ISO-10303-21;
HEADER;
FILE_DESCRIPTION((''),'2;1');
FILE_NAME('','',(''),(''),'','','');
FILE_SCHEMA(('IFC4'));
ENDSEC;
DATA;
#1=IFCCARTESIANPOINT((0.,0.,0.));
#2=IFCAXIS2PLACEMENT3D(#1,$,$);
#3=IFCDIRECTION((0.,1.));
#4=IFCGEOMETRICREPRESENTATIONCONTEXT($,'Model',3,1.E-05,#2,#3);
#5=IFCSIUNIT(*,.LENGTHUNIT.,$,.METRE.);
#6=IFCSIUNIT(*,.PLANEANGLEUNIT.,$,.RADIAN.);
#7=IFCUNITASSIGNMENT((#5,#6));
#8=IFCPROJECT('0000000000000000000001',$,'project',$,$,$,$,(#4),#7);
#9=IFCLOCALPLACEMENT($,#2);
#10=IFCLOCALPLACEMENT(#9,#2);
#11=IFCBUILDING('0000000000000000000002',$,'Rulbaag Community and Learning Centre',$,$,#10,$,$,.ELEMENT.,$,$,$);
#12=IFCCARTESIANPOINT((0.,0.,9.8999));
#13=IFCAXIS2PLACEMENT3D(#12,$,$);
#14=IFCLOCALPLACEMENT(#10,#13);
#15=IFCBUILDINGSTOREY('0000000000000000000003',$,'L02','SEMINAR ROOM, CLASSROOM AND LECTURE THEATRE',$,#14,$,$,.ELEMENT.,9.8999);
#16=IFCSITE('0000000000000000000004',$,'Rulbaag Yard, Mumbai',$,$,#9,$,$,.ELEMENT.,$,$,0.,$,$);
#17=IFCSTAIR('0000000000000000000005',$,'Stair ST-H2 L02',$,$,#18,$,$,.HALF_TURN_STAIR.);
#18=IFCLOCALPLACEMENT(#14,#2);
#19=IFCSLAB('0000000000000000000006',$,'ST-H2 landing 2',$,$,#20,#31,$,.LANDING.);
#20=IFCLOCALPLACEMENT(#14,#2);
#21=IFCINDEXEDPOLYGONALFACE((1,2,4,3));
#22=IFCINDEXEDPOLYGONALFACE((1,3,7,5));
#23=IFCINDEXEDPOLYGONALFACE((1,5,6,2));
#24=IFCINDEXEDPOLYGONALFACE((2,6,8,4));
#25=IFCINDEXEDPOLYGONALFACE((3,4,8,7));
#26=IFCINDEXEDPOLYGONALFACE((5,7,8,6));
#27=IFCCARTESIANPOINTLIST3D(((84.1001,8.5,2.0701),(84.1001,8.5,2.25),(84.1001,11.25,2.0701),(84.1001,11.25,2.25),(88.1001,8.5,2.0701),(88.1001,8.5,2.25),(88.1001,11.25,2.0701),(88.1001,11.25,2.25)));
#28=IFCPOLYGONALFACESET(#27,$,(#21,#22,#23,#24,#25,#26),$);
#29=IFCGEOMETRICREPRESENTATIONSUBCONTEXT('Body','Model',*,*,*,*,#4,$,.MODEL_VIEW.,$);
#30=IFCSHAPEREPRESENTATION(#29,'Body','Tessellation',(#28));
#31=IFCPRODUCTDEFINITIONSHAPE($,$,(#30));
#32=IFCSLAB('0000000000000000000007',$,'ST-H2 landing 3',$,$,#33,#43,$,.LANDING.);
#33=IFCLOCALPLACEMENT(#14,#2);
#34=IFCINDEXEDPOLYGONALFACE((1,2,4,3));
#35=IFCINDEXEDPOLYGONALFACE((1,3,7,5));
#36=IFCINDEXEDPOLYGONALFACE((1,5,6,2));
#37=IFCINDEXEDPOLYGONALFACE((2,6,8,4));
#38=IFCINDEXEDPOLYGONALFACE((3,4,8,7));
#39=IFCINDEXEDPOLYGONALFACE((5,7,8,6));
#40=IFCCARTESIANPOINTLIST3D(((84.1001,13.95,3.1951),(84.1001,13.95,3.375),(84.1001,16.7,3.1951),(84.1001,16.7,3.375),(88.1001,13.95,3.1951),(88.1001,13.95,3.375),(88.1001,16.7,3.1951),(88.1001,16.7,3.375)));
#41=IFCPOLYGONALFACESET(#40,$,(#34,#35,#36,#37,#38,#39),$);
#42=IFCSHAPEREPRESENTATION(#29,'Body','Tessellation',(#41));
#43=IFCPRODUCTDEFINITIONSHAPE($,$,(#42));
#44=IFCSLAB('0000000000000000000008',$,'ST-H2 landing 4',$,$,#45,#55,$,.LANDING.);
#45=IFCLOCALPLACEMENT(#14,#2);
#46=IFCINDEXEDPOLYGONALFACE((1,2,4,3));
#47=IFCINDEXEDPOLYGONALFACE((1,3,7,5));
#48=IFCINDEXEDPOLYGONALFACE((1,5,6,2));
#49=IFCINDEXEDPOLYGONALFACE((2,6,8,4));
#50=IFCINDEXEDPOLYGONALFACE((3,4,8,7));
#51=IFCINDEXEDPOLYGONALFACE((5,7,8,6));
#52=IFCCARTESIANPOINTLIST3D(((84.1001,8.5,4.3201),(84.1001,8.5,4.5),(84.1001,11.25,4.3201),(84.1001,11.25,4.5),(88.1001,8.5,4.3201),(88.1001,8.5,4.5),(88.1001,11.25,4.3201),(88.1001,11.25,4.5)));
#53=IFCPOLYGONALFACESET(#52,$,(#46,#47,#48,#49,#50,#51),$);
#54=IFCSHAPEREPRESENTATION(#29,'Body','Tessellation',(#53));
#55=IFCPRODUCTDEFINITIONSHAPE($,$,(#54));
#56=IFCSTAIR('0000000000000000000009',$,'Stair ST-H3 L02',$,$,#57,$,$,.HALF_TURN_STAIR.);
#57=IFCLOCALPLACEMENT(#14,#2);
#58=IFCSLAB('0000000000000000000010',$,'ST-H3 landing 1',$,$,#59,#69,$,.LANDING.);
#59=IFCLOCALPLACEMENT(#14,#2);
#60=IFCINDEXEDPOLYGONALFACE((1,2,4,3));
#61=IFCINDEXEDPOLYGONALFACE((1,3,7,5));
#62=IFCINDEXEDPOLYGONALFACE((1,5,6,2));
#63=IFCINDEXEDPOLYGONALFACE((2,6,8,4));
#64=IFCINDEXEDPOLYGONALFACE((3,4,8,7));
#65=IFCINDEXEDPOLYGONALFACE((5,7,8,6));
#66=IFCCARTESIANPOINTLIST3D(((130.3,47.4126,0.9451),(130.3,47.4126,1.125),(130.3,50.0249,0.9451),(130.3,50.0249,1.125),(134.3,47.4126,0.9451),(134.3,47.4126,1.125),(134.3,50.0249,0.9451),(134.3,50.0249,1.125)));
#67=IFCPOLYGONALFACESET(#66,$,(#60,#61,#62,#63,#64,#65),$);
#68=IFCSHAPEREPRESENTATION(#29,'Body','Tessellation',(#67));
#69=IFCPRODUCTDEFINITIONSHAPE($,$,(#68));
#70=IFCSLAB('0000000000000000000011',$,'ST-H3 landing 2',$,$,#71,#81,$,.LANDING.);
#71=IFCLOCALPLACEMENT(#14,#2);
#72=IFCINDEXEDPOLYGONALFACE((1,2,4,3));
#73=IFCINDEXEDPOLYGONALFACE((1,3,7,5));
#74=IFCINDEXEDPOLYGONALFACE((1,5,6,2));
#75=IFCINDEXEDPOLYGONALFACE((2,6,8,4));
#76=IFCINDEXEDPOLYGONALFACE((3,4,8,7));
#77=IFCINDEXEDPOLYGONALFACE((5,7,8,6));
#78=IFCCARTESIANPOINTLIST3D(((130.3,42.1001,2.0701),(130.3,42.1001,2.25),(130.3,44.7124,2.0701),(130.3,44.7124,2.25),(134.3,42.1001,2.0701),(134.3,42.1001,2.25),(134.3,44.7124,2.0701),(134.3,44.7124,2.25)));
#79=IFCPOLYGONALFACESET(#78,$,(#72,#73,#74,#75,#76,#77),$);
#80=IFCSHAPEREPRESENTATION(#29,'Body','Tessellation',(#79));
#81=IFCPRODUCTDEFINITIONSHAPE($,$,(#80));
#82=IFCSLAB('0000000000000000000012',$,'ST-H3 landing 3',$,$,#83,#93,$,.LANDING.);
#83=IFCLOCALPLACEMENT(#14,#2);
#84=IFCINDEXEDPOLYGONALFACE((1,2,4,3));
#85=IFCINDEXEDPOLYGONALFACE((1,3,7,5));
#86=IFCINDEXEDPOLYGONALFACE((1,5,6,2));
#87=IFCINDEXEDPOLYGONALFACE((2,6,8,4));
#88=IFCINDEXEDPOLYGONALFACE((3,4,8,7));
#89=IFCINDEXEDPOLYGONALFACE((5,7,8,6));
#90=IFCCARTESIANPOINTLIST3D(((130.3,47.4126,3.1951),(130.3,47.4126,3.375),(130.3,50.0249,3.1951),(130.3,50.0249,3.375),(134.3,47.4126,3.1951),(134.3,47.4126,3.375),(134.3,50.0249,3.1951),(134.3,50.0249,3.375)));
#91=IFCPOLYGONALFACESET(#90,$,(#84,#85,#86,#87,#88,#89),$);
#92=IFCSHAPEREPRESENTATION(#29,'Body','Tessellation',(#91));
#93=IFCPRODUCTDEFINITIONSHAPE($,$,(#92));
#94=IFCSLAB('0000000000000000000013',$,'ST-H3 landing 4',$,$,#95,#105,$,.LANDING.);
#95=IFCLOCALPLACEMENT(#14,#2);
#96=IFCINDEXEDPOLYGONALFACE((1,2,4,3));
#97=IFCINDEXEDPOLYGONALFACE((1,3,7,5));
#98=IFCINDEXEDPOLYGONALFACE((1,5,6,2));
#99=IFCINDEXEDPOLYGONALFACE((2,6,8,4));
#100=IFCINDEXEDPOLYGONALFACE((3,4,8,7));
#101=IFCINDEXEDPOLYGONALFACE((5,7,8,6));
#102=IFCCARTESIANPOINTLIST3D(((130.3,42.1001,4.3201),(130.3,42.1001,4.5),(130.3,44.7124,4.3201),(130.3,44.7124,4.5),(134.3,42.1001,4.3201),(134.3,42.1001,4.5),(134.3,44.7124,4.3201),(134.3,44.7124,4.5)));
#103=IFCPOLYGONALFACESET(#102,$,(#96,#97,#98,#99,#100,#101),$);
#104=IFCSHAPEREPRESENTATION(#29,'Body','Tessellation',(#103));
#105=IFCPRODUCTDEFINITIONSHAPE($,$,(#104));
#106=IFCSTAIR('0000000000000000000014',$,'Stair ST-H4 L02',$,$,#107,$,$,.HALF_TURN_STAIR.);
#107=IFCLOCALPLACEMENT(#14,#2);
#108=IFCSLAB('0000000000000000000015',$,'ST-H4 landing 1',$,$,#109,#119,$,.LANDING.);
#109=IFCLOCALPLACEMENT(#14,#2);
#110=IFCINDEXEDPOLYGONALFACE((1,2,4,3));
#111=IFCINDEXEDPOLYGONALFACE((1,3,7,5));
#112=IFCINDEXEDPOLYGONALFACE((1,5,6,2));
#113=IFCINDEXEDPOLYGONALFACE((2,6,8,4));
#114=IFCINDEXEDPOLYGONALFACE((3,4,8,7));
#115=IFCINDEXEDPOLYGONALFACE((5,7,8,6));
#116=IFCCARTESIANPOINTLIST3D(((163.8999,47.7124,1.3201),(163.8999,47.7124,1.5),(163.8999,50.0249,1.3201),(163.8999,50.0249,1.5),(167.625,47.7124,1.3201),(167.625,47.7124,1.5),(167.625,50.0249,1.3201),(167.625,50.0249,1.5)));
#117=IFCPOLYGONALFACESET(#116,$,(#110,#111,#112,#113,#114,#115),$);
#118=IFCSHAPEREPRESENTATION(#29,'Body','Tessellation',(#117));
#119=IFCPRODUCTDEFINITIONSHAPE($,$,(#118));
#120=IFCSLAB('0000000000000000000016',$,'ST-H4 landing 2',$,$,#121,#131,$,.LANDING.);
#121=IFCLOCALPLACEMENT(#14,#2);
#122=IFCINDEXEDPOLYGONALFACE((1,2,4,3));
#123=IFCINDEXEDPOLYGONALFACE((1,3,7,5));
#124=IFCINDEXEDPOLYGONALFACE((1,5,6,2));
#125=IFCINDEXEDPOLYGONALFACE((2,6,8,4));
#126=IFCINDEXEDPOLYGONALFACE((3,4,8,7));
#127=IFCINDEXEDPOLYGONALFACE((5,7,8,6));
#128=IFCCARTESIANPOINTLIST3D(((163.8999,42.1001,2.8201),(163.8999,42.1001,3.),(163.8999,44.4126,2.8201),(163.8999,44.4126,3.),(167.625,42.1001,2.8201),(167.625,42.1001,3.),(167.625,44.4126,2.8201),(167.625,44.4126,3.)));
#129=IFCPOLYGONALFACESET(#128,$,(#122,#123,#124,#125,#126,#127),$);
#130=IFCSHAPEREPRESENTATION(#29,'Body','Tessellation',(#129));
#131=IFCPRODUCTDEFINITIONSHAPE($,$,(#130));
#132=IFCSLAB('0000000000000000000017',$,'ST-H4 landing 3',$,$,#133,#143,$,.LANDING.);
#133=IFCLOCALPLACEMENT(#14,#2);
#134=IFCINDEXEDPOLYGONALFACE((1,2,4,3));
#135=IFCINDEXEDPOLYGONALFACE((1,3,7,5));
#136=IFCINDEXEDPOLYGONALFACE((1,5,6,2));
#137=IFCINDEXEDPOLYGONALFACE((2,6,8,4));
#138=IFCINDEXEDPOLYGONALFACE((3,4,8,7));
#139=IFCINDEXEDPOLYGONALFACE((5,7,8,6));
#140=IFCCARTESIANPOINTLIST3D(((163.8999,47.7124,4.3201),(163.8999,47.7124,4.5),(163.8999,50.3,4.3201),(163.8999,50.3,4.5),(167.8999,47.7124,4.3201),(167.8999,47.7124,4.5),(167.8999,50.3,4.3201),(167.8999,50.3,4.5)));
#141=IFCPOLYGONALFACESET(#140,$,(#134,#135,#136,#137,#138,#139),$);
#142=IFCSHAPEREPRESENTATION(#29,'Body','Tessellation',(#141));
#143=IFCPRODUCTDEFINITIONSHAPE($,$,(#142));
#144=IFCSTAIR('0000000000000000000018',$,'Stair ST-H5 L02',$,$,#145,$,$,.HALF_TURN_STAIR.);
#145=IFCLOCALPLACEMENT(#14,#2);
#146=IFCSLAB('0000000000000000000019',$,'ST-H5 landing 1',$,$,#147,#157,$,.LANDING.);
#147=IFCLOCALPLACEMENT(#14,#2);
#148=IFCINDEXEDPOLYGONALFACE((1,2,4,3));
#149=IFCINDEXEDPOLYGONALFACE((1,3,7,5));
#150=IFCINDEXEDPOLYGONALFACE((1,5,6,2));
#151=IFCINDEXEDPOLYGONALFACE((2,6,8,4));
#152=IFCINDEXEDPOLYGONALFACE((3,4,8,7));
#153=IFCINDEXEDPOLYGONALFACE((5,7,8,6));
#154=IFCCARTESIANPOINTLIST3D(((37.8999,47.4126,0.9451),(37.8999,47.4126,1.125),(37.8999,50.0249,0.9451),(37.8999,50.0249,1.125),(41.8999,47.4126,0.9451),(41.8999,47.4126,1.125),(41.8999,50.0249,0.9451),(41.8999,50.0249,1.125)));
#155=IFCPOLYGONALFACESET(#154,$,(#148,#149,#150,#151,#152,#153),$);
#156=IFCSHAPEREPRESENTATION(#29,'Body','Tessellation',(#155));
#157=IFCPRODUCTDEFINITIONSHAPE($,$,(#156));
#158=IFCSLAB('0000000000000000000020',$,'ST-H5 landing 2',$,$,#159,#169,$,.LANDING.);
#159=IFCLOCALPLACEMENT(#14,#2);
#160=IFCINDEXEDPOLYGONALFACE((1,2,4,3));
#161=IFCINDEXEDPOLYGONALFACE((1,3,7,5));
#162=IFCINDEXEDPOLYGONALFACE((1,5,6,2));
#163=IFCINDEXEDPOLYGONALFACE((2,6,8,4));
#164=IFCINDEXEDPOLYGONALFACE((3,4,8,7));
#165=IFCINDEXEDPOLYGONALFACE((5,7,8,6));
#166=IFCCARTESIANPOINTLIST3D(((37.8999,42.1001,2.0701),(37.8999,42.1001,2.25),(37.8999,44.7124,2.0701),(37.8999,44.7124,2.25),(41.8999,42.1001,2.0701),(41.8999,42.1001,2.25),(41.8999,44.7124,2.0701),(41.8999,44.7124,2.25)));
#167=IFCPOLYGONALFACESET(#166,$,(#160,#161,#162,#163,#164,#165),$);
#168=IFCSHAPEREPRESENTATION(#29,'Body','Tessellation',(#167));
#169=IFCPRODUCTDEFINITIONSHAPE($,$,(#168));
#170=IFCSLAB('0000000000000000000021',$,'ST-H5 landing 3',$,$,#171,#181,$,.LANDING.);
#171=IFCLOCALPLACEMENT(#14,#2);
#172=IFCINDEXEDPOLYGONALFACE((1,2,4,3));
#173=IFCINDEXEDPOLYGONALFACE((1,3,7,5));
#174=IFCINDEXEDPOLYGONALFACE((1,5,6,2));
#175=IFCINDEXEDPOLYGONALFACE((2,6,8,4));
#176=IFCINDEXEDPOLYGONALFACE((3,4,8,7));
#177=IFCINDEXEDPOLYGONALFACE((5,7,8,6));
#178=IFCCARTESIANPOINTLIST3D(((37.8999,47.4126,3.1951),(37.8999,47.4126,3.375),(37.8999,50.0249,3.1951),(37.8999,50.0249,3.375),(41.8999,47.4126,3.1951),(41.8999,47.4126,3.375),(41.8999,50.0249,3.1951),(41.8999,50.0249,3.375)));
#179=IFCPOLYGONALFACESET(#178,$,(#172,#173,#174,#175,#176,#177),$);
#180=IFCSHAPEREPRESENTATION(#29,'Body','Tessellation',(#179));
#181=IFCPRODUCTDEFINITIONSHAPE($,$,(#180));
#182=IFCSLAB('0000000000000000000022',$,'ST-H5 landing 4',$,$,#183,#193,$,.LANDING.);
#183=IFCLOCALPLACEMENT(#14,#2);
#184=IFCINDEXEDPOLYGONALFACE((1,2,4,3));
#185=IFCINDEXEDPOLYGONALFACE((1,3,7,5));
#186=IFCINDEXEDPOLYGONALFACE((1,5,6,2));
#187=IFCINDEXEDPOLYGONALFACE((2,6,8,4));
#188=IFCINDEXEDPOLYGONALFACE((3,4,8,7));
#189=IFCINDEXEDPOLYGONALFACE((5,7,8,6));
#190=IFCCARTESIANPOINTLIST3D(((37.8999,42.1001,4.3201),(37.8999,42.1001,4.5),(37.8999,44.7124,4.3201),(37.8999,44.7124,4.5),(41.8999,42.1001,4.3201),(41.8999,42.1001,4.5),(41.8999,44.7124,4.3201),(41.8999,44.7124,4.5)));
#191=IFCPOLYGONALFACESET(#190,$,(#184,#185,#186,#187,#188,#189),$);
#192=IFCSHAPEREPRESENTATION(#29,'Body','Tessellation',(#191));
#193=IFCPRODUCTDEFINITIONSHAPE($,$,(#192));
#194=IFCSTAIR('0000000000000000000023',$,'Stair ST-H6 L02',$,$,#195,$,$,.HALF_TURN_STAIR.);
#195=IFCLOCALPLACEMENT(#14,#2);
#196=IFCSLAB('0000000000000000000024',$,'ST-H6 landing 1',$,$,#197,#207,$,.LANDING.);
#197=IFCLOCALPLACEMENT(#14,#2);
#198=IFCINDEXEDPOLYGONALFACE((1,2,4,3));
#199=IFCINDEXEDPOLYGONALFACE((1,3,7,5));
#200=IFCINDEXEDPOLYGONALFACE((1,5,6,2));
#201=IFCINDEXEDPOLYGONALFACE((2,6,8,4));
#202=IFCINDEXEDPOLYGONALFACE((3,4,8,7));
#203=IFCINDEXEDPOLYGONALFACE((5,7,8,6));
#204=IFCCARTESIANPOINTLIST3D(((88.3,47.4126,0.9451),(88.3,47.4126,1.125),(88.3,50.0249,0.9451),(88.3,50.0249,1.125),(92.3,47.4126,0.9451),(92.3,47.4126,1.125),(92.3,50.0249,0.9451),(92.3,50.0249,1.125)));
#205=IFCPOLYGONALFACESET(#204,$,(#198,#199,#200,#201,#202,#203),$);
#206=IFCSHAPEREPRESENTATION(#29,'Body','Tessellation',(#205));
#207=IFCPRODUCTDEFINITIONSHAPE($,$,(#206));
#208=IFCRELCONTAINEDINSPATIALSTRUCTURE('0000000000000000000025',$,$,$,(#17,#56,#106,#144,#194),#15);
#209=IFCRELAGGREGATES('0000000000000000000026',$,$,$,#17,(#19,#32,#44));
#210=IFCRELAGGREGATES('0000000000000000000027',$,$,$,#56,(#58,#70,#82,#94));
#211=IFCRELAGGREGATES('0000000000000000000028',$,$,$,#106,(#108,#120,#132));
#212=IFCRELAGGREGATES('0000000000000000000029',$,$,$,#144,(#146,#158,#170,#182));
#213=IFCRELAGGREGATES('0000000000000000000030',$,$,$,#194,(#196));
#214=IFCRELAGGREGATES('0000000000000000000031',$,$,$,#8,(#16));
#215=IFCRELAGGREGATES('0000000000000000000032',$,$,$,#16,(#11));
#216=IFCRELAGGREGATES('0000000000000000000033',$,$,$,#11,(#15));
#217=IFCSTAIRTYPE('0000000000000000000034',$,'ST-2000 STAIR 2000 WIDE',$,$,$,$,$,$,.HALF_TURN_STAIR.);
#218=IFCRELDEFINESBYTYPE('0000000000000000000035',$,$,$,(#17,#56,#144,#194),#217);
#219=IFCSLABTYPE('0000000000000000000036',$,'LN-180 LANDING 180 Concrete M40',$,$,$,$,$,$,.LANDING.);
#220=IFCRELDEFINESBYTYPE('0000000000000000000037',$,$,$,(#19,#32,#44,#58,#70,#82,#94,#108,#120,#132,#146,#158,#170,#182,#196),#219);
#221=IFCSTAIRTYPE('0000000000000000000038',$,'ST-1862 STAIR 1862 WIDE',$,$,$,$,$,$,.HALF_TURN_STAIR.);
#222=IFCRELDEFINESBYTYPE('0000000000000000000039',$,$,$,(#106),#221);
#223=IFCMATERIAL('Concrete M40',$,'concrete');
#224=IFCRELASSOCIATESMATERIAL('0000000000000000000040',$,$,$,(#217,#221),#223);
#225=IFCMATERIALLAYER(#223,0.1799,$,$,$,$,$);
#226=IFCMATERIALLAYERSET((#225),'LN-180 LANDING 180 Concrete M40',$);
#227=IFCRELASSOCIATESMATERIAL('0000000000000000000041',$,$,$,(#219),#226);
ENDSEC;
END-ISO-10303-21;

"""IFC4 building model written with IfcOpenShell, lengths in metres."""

from ifc_helpers import new_model, si_unit, direction, frame, origin, place, context, subcontext, project, spatial, polyline, outline, extrude, material, layer, layer_set, type_object, element, aggregate, save


model = new_model("IFC4")

# Units and contexts
model_context = context("Model", 3, precision=1e-05, world=origin(), true_north=direction((0.0, 1.0)))
body_context = subcontext(model_context, "Body", "Model", "MODEL_VIEW")
ifc_project = project(units=[si_unit("LENGTHUNIT", "METRE"), si_unit("PLANEANGLEUNIT", "RADIAN")], contexts=[model_context])

# Site, building, storey
site_placement = place(None, origin())
site = spatial("IfcSite", under=ifc_project, at=site_placement, Name="Rulbaag Yard, Mumbai", CompositionType="ELEMENT", RefElevation=0.0)
building_placement = place(site_placement, origin())
building = spatial("IfcBuilding", under=site, at=building_placement, Name="Rulbaag Community and Learning Centre", CompositionType="ELEMENT")
storey_placement = place(building_placement, frame((0.0, 0.0, 9.8999)))
storey = spatial("IfcBuildingStorey", under=building, at=storey_placement, Name="L02", Description="SEMINAR ROOM, CLASSROOM AND LECTURE THEATRE", CompositionType="ELEMENT", Elevation=9.8999)

# Stairs, slabs
ifc_material = material(Name="Concrete M40", Category="concrete")
stair_type_1 = type_object("IfcStairType", Name="ST-2000 STAIR 2000 WIDE", PredefinedType="HALF_TURN_STAIR", material=ifc_material)
stair_1_placement = place(storey_placement, origin())
stair_1 = element("IfcStair", 1, at=stair_1_placement, inside=storey, type_object=stair_type_1, Name="Stair ST-H2 L02", PredefinedType="HALF_TURN_STAIR")
ifc_layer_1 = layer(ifc_material, 0.1799)
ifc_layer_set_1 = layer_set([ifc_layer_1], Name="LN-180 LANDING 180 Concrete M40")
slab_type = type_object("IfcSlabType", Name="LN-180 LANDING 180 Concrete M40", PredefinedType="LANDING", material=ifc_layer_set_1)
slab_1_placement = place(storey_placement, frame((0.0, 0.0, 2.0701)))
slab_1 = element("IfcSlab", 2, at=slab_1_placement, type_object=slab_type, Name="ST-H2 landing 2", PredefinedType="LANDING", context=body_context, shape_type="SweptSolid", body=[
    extrude(outline(polyline([(84.1001, 8.5), (84.1001, 11.25), (88.1001, 11.25), (88.1001, 8.5), (84.1001, 8.5)])), origin(), (0.0, 0.0, 1.0), 0.1799),
])
slab_2_placement = place(storey_placement, frame((0.0, 0.0, 3.1951)))
slab_2 = element("IfcSlab", 3, at=slab_2_placement, type_object=slab_type, Name="ST-H2 landing 3", PredefinedType="LANDING", context=body_context, shape_type="SweptSolid", body=[
    extrude(outline(polyline([(84.1001, 13.95), (84.1001, 16.7), (88.1001, 16.7), (88.1001, 13.95), (84.1001, 13.95)])), origin(), (0.0, 0.0, 1.0), 0.1799),
])
slab_3_placement = place(storey_placement, frame((0.0, 0.0, 4.3201)))
slab_3 = element("IfcSlab", 4, at=slab_3_placement, type_object=slab_type, Name="ST-H2 landing 4", PredefinedType="LANDING", context=body_context, shape_type="SweptSolid", body=[
    extrude(outline(polyline([(84.1001, 8.5), (84.1001, 11.25), (88.1001, 11.25), (88.1001, 8.5), (84.1001, 8.5)])), origin(), (0.0, 0.0, 1.0), 0.1799),
])
aggregate(stair_1, [slab_1, slab_2, slab_3])
stair_2_placement = place(storey_placement, origin())
stair_2 = element("IfcStair", 5, at=stair_2_placement, inside=storey, type_object=stair_type_1, Name="Stair ST-H3 L02", PredefinedType="HALF_TURN_STAIR")
slab_4_placement = place(storey_placement, frame((0.0, 0.0, 0.9451)))
slab_4 = element("IfcSlab", 6, at=slab_4_placement, type_object=slab_type, Name="ST-H3 landing 1", PredefinedType="LANDING", context=body_context, shape_type="SweptSolid", body=[
    extrude(outline(polyline([(130.3, 47.4126), (130.3, 50.0249), (134.3, 50.0249), (134.3, 47.4126), (130.3, 47.4126)])), origin(), (0.0, 0.0, 1.0), 0.1799),
])
slab_5_placement = place(storey_placement, frame((0.0, 0.0, 2.0701)))
slab_5 = element("IfcSlab", 7, at=slab_5_placement, type_object=slab_type, Name="ST-H3 landing 2", PredefinedType="LANDING", context=body_context, shape_type="SweptSolid", body=[
    extrude(outline(polyline([(130.3, 42.1001), (130.3, 44.7124), (134.3, 44.7124), (134.3, 42.1001), (130.3, 42.1001)])), origin(), (0.0, 0.0, 1.0), 0.1799),
])
slab_6_placement = place(storey_placement, frame((0.0, 0.0, 3.1951)))
slab_6 = element("IfcSlab", 8, at=slab_6_placement, type_object=slab_type, Name="ST-H3 landing 3", PredefinedType="LANDING", context=body_context, shape_type="SweptSolid", body=[
    extrude(outline(polyline([(130.3, 47.4126), (130.3, 50.0249), (134.3, 50.0249), (134.3, 47.4126), (130.3, 47.4126)])), origin(), (0.0, 0.0, 1.0), 0.1799),
])
slab_7_placement = place(storey_placement, frame((0.0, 0.0, 4.3201)))
slab_7 = element("IfcSlab", 9, at=slab_7_placement, type_object=slab_type, Name="ST-H3 landing 4", PredefinedType="LANDING", context=body_context, shape_type="SweptSolid", body=[
    extrude(outline(polyline([(130.3, 42.1001), (130.3, 44.7124), (134.3, 44.7124), (134.3, 42.1001), (130.3, 42.1001)])), origin(), (0.0, 0.0, 1.0), 0.1799),
])
aggregate(stair_2, [slab_4, slab_5, slab_6, slab_7])
stair_type_2 = type_object("IfcStairType", Name="ST-1862 STAIR 1862 WIDE", PredefinedType="HALF_TURN_STAIR", material=ifc_material)
stair_3_placement = place(storey_placement, origin())
stair_3 = element("IfcStair", 10, at=stair_3_placement, inside=storey, type_object=stair_type_2, Name="Stair ST-H4 L02", PredefinedType="HALF_TURN_STAIR")
slab_8_placement = place(storey_placement, frame((0.0, 0.0, 1.3201)))
slab_8 = element("IfcSlab", 11, at=slab_8_placement, type_object=slab_type, Name="ST-H4 landing 1", PredefinedType="LANDING", context=body_context, shape_type="SweptSolid", body=[
    extrude(outline(polyline([(163.8999, 47.7124), (163.8999, 50.0249), (167.625, 50.0249), (167.625, 47.7124), (163.8999, 47.7124)])), origin(), (0.0, 0.0, 1.0), 0.1799),
])
slab_9_placement = place(storey_placement, frame((0.0, 0.0, 2.8201)))
slab_9 = element("IfcSlab", 12, at=slab_9_placement, type_object=slab_type, Name="ST-H4 landing 2", PredefinedType="LANDING", context=body_context, shape_type="SweptSolid", body=[
    extrude(outline(polyline([(163.8999, 42.1001), (163.8999, 44.4126), (167.625, 44.4126), (167.625, 42.1001), (163.8999, 42.1001)])), origin(), (0.0, 0.0, 1.0), 0.1799),
])
slab_10_placement = place(storey_placement, frame((0.0, 0.0, 4.3201)))
slab_10 = element("IfcSlab", 13, at=slab_10_placement, type_object=slab_type, Name="ST-H4 landing 3", PredefinedType="LANDING", context=body_context, shape_type="SweptSolid", body=[
    extrude(outline(polyline([(163.8999, 47.7124), (163.8999, 50.3), (167.8999, 50.3), (167.8999, 47.7124), (163.8999, 47.7124)])), origin(), (0.0, 0.0, 1.0), 0.1799),
])
aggregate(stair_3, [slab_8, slab_9, slab_10])
stair_4_placement = place(storey_placement, origin())
stair_4 = element("IfcStair", 14, at=stair_4_placement, inside=storey, type_object=stair_type_1, Name="Stair ST-H5 L02", PredefinedType="HALF_TURN_STAIR")
slab_11_placement = place(storey_placement, frame((0.0, 0.0, 0.9451)))
slab_11 = element("IfcSlab", 15, at=slab_11_placement, type_object=slab_type, Name="ST-H5 landing 1", PredefinedType="LANDING", context=body_context, shape_type="SweptSolid", body=[
    extrude(outline(polyline([(37.8999, 47.4126), (37.8999, 50.0249), (41.8999, 50.0249), (41.8999, 47.4126), (37.8999, 47.4126)])), origin(), (0.0, 0.0, 1.0), 0.1799),
])
slab_12_placement = place(storey_placement, frame((0.0, 0.0, 2.0701)))
slab_12 = element("IfcSlab", 16, at=slab_12_placement, type_object=slab_type, Name="ST-H5 landing 2", PredefinedType="LANDING", context=body_context, shape_type="SweptSolid", body=[
    extrude(outline(polyline([(37.8999, 42.1001), (37.8999, 44.7124), (41.8999, 44.7124), (41.8999, 42.1001), (37.8999, 42.1001)])), origin(), (0.0, 0.0, 1.0), 0.1799),
])
slab_13_placement = place(storey_placement, frame((0.0, 0.0, 3.1951)))
slab_13 = element("IfcSlab", 17, at=slab_13_placement, type_object=slab_type, Name="ST-H5 landing 3", PredefinedType="LANDING", context=body_context, shape_type="SweptSolid", body=[
    extrude(outline(polyline([(37.8999, 47.4126), (37.8999, 50.0249), (41.8999, 50.0249), (41.8999, 47.4126), (37.8999, 47.4126)])), origin(), (0.0, 0.0, 1.0), 0.1799),
])
slab_14_placement = place(storey_placement, frame((0.0, 0.0, 4.3201)))
slab_14 = element("IfcSlab", 18, at=slab_14_placement, type_object=slab_type, Name="ST-H5 landing 4", PredefinedType="LANDING", context=body_context, shape_type="SweptSolid", body=[
    extrude(outline(polyline([(37.8999, 42.1001), (37.8999, 44.7124), (41.8999, 44.7124), (41.8999, 42.1001), (37.8999, 42.1001)])), origin(), (0.0, 0.0, 1.0), 0.1799),
])
aggregate(stair_4, [slab_11, slab_12, slab_13, slab_14])
stair_5_placement = place(storey_placement, origin())
stair_5 = element("IfcStair", 19, at=stair_5_placement, inside=storey, type_object=stair_type_1, Name="Stair ST-H6 L02", PredefinedType="HALF_TURN_STAIR")
slab_15_placement = place(storey_placement, frame((0.0, 0.0, 0.9451)))
slab_15 = element("IfcSlab", 20, at=slab_15_placement, type_object=slab_type, Name="ST-H6 landing 1", PredefinedType="LANDING", context=body_context, shape_type="SweptSolid", body=[
    extrude(outline(polyline([(88.3, 47.4126), (88.3, 50.0249), (92.3, 50.0249), (92.3, 47.4126), (88.3, 47.4126)])), origin(), (0.0, 0.0, 1.0), 0.1799),
])
aggregate(stair_5, [slab_15])

save(model, "model.ifc")
